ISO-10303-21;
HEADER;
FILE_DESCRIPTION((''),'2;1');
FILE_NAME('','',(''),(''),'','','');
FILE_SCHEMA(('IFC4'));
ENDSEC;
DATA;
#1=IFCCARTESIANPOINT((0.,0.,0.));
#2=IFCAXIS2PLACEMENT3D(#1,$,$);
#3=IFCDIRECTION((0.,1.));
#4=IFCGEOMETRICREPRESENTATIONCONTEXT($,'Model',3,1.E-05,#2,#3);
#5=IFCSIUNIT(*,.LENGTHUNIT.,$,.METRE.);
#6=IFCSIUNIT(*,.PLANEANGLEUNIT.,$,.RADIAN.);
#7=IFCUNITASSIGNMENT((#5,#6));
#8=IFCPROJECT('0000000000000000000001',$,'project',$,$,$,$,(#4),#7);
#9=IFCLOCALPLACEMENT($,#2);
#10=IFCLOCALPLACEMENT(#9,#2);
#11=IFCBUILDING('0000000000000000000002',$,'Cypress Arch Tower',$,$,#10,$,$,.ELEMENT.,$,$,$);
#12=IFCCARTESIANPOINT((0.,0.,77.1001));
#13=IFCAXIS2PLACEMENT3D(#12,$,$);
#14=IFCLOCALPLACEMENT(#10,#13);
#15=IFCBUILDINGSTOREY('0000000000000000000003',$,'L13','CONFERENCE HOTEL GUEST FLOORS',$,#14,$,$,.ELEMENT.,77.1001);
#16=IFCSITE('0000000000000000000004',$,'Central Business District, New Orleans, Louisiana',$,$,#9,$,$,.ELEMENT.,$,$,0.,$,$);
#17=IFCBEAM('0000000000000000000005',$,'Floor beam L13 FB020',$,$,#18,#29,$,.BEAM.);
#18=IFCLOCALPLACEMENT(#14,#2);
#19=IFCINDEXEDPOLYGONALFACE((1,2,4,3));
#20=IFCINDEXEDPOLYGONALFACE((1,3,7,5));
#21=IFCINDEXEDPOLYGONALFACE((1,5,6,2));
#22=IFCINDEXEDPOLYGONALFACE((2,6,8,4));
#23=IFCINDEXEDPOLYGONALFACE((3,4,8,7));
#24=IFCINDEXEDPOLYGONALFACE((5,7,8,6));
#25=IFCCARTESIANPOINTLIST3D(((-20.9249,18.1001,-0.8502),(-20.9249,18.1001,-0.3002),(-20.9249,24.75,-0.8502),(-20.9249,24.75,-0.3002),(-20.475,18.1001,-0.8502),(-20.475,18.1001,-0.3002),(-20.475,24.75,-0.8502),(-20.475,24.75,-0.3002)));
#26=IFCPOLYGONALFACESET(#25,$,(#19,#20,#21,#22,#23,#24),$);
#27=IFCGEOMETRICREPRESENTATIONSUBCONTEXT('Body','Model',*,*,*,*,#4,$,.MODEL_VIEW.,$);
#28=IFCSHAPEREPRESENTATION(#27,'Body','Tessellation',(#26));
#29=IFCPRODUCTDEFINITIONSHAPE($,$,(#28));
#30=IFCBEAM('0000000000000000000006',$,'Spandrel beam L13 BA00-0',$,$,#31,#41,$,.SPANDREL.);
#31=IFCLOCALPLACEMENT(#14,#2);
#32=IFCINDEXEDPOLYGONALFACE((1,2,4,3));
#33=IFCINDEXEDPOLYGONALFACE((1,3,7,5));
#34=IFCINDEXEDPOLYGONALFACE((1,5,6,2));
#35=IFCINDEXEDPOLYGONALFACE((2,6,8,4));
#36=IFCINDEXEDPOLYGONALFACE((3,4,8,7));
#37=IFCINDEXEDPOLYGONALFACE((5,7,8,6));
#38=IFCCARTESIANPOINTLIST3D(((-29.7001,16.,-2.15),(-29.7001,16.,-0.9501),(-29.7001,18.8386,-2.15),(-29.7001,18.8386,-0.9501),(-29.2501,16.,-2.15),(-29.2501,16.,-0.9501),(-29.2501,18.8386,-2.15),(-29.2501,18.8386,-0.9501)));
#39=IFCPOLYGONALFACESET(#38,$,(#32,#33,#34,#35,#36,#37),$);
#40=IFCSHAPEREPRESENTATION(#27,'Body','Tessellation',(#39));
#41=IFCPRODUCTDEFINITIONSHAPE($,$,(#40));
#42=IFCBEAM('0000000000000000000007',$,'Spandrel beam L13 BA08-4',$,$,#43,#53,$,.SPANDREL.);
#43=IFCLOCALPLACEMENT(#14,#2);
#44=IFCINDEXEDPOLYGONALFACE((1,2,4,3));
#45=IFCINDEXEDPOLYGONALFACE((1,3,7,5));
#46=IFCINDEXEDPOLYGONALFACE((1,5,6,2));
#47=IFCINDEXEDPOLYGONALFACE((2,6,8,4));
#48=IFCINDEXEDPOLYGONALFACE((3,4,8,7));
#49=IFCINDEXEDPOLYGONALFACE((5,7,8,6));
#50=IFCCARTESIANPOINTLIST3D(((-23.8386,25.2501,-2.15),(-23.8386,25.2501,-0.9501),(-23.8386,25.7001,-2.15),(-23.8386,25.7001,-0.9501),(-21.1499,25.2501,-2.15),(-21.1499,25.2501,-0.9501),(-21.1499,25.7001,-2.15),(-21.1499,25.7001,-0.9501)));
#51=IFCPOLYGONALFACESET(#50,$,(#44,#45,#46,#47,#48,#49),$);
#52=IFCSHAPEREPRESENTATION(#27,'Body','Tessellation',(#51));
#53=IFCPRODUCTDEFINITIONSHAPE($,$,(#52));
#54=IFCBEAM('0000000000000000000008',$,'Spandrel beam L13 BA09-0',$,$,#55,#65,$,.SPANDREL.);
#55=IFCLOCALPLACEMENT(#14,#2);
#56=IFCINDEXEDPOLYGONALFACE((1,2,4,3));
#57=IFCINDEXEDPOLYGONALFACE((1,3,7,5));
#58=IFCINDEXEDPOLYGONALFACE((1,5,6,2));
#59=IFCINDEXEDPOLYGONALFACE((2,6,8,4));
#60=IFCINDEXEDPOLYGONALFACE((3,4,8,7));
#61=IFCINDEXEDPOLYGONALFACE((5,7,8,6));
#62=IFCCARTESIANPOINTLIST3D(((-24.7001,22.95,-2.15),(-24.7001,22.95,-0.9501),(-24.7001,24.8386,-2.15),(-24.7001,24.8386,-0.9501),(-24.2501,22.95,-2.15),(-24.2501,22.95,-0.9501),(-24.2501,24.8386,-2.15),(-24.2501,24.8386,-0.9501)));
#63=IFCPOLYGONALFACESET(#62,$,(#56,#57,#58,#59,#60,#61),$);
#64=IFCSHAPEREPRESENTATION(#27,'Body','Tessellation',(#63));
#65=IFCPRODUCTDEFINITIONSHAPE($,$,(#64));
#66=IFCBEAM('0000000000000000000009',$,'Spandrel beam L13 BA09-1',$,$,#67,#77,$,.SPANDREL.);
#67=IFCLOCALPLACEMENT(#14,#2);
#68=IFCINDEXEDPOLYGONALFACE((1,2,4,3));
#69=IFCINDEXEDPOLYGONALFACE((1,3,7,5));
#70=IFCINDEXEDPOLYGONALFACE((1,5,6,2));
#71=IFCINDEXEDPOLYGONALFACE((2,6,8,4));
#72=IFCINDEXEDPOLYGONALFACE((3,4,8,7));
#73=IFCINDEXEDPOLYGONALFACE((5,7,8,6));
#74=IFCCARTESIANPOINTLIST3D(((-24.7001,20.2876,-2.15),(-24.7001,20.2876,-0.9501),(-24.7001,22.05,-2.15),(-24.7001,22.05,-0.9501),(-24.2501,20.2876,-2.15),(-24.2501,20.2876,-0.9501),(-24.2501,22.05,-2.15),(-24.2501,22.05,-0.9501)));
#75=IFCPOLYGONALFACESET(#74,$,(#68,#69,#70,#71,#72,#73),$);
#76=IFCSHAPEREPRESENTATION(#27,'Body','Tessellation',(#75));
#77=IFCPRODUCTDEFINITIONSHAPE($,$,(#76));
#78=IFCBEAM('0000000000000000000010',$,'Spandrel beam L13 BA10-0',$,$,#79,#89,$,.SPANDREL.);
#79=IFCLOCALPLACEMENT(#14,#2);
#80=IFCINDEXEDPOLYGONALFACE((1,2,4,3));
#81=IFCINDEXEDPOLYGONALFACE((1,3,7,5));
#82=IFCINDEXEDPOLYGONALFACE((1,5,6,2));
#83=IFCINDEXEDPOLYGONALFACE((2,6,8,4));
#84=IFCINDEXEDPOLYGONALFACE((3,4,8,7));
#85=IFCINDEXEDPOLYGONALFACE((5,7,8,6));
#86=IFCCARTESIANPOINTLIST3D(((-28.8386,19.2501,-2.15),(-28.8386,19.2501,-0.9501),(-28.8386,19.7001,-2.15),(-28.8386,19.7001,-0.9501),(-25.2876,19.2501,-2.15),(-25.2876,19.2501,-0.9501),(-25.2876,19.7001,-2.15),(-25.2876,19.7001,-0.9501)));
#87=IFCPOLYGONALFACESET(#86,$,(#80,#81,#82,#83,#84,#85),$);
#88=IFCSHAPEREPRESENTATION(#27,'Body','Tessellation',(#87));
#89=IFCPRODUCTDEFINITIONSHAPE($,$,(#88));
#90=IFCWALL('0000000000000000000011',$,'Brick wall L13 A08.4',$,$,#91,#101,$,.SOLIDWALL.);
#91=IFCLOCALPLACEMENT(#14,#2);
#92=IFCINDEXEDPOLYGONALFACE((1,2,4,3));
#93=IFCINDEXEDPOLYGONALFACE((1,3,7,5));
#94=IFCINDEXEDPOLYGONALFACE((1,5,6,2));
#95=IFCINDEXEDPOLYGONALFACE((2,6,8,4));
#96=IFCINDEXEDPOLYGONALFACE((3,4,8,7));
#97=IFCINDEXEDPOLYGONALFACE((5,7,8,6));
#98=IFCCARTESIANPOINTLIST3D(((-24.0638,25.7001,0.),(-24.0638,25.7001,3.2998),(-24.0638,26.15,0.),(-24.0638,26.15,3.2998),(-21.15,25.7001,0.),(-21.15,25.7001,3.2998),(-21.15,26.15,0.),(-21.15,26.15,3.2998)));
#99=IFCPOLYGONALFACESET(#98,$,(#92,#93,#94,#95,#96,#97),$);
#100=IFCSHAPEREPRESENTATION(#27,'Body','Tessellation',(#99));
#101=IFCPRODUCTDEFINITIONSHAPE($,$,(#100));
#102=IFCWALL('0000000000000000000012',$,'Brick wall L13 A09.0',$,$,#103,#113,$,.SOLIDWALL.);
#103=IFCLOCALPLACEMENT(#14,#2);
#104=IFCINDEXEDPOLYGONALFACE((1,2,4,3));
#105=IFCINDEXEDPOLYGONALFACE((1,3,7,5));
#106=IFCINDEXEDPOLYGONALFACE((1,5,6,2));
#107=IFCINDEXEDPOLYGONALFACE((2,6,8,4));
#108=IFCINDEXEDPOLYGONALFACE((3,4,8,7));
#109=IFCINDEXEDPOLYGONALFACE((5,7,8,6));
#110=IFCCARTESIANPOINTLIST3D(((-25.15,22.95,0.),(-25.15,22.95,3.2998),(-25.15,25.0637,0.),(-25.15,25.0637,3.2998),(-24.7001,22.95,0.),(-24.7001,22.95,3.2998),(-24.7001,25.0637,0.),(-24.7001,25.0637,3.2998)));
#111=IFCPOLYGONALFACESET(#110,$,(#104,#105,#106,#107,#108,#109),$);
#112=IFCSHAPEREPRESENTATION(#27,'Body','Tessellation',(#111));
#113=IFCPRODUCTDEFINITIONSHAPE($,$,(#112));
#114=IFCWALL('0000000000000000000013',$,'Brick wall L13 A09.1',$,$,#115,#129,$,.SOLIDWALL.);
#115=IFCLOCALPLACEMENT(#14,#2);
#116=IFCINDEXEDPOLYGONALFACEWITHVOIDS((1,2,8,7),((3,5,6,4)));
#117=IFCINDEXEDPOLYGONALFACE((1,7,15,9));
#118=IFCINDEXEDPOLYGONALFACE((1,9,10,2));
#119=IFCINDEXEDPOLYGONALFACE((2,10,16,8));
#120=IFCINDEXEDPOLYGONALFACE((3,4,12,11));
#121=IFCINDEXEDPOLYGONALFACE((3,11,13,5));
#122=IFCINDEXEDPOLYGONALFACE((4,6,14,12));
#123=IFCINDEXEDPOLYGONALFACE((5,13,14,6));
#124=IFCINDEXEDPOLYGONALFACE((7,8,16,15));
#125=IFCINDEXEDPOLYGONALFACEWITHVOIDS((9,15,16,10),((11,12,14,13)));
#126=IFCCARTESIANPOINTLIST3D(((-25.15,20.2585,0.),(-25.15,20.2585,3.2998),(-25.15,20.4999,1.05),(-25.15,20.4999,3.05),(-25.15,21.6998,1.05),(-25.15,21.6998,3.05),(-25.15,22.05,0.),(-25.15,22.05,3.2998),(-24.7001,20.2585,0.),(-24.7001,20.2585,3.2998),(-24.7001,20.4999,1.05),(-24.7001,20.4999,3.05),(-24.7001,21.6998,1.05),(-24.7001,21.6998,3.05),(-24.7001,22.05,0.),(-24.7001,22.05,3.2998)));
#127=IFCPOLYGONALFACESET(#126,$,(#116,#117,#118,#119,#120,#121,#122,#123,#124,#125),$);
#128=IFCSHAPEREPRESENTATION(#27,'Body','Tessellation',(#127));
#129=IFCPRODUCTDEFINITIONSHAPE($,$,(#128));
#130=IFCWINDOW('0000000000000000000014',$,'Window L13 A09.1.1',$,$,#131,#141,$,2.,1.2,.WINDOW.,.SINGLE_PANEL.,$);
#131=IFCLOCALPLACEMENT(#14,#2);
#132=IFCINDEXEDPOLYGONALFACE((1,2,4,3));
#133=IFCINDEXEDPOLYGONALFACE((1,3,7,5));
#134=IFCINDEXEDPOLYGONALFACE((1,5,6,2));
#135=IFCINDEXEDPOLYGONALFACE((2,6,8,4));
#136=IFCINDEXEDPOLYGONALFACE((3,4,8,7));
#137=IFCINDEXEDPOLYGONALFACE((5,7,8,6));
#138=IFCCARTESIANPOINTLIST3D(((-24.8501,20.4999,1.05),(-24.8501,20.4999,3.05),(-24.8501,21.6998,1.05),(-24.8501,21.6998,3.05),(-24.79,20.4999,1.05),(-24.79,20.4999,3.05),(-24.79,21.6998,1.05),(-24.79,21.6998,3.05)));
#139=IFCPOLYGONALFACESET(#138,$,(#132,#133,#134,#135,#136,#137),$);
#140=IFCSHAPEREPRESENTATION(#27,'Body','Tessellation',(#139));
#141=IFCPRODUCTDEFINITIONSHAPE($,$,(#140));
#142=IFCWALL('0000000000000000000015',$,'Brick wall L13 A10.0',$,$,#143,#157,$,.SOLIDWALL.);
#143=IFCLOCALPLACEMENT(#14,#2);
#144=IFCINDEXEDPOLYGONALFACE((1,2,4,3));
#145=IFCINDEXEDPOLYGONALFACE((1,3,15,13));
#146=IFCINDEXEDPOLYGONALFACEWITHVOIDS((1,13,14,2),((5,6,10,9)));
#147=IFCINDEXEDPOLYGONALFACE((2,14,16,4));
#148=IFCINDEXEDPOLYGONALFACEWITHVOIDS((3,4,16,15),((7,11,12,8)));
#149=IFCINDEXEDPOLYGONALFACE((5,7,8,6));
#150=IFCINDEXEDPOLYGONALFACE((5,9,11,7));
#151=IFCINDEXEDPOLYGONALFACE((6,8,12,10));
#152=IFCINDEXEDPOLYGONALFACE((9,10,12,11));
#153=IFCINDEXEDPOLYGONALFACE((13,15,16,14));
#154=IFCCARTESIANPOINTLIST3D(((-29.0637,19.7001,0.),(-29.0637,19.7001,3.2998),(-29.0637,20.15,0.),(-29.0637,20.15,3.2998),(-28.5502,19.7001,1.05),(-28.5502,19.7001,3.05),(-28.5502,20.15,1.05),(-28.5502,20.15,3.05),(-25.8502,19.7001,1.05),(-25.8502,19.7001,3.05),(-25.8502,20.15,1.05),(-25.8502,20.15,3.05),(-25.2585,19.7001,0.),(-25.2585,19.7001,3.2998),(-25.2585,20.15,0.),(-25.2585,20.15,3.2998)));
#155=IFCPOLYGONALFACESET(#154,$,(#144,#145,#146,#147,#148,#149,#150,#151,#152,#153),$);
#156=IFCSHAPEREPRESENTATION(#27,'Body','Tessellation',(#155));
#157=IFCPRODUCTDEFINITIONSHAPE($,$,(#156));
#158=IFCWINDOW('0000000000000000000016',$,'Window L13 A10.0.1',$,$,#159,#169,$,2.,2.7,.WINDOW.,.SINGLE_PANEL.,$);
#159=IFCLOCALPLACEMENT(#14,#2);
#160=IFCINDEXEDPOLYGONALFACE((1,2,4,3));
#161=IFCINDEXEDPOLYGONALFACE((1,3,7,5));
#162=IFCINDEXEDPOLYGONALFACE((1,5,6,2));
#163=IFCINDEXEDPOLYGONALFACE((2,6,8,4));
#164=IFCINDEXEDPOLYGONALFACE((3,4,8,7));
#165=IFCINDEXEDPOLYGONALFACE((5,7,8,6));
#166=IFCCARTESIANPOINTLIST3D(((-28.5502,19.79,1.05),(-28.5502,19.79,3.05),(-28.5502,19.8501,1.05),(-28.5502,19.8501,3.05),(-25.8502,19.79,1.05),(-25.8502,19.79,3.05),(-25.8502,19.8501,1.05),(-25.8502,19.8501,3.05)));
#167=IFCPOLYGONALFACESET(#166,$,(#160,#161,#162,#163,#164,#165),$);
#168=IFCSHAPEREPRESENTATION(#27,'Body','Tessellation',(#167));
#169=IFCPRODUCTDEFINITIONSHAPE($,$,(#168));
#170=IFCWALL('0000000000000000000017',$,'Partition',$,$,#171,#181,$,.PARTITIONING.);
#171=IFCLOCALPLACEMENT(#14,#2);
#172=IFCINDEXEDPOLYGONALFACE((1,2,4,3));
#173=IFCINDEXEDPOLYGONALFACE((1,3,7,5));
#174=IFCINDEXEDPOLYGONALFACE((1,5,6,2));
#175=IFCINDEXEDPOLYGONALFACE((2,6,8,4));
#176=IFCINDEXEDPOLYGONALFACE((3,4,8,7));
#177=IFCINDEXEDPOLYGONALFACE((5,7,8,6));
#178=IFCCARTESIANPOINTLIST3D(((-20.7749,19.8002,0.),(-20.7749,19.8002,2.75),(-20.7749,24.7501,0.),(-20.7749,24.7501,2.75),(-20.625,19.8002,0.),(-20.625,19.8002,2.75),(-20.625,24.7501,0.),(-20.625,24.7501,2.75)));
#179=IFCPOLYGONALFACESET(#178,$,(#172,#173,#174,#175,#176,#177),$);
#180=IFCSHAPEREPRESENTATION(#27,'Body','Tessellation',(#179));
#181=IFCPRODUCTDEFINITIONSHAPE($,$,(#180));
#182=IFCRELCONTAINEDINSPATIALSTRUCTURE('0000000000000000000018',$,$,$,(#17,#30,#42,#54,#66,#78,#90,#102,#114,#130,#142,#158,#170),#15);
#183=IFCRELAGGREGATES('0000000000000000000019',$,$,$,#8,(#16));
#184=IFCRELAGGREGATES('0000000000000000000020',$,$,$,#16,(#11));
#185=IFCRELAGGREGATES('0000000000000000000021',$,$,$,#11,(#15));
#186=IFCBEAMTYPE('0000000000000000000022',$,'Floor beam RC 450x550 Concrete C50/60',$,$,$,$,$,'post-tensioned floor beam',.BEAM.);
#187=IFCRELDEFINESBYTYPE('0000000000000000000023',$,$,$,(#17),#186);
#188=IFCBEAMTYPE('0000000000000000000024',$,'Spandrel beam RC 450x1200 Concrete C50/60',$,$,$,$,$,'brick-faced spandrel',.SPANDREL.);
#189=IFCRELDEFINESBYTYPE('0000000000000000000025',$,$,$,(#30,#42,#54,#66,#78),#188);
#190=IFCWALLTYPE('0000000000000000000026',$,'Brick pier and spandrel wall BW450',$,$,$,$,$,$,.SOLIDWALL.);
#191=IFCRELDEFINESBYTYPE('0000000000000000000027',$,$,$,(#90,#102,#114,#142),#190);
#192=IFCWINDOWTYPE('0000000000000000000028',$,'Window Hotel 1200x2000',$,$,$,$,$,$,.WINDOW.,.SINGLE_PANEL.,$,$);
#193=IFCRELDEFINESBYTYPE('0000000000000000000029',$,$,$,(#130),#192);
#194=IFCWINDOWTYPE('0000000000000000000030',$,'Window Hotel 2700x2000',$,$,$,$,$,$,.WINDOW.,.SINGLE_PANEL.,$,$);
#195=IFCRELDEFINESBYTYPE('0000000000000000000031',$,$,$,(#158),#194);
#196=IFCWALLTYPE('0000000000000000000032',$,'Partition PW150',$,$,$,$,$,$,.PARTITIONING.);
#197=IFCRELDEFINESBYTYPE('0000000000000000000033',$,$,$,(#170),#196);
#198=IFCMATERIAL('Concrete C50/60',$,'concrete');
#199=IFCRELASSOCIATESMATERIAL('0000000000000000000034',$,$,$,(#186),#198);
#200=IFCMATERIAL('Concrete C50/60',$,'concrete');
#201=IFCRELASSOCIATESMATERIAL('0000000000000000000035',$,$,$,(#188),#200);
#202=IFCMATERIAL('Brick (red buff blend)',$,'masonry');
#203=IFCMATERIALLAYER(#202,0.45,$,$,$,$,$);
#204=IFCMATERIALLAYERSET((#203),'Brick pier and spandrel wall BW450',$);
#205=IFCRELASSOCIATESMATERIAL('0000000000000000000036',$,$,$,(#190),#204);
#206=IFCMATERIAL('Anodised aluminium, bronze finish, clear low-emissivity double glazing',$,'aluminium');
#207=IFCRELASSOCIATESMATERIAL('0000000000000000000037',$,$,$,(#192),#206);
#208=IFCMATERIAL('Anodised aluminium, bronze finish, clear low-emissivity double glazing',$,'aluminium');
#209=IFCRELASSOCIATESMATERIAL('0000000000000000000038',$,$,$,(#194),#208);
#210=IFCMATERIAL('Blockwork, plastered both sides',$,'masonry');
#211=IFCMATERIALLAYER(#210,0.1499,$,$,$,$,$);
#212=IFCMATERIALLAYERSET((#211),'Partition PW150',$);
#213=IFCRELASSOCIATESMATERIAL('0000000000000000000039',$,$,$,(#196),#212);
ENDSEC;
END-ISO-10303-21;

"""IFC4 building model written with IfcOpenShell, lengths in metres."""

from ifc_helpers import new_model, si_unit, direction, frame, frame_2d, origin, origin_2d, place, context, subcontext, project, spatial, rectangle, extrude, material, layer, layer_set, material_profile, profile_set, type_object, element, fill, save


model = new_model("IFC4")

# Units and contexts
model_context = context("Model", 3, precision=1e-05, world=origin(), true_north=direction((0.0, 1.0)))
body_context = subcontext(model_context, "Body", "Model", "MODEL_VIEW")
ifc_project = project(units=[si_unit("LENGTHUNIT", "METRE"), si_unit("PLANEANGLEUNIT", "RADIAN")], contexts=[model_context])

# Site, building, storey
site_placement = place(None, origin())
site = spatial("IfcSite", under=ifc_project, at=site_placement, Name="Central Business District, New Orleans, Louisiana", CompositionType="ELEMENT", RefElevation=0.0)
building_placement = place(site_placement, origin())
building = spatial("IfcBuilding", under=site, at=building_placement, Name="Cypress Arch Tower", CompositionType="ELEMENT")
storey_placement = place(building_placement, frame((0.0, 0.0, 77.1001)))
storey = spatial("IfcBuildingStorey", under=building, at=storey_placement, Name="L13", Description="CONFERENCE HOTEL GUEST FLOORS", CompositionType="ELEMENT", Elevation=77.1001)

# Beams
ifc_material_1 = material(Name="Concrete C50/60", Category="concrete")
ifc_material_profile_1 = material_profile(ifc_material_1, rectangle(XDim=0.45, YDim=0.55, at=origin_2d()), Name="RC 450x550")
ifc_profile_set_1 = profile_set([ifc_material_profile_1], Name="Concrete C50/60")
beam_type_1 = type_object("IfcBeamType", Name="Floor beam RC 450x550 Concrete C50/60", ElementType="post-tensioned floor beam", PredefinedType="BEAM", material=ifc_profile_set_1)
beam_1_placement = place(storey_placement, frame((-20.7, 18.1001, -0.5752), z_axis=(0.0, 1.0, 0.0), x_axis=(-1.0, 0.0, 0.0)))
element("IfcBeam", 1, at=beam_1_placement, inside=storey, type_object=beam_type_1, Name="Floor beam L13 FB020", PredefinedType="BEAM", context=body_context, shape_type="SweptSolid", body=[
    extrude(rectangle(XDim=0.45, YDim=0.55, at=origin_2d()), origin(), (0.0, 0.0, 1.0), 6.6499),
])
ifc_material_2 = material(Name="Concrete C50/60", Category="concrete")
ifc_material_profile_2 = material_profile(ifc_material_2, rectangle(XDim=0.45, YDim=1.2, at=origin_2d()), Name="RC 450x1200")
ifc_profile_set_2 = profile_set([ifc_material_profile_2], Name="Concrete C50/60")
beam_type_2 = type_object("IfcBeamType", Name="Spandrel beam RC 450x1200 Concrete C50/60", ElementType="brick-faced spandrel", PredefinedType="SPANDREL", material=ifc_profile_set_2)
beam_2_placement = place(storey_placement, frame((-29.4751, 18.8386, -1.55), z_axis=(0.0, -1.0, 0.0), x_axis=(1.0, 0.0, 0.0)))
element("IfcBeam", 2, at=beam_2_placement, inside=storey, type_object=beam_type_2, Name="Spandrel beam L13 BA00-0", PredefinedType="SPANDREL", context=body_context, shape_type="SweptSolid", body=[
    extrude(rectangle(XDim=0.45, YDim=1.2, at=origin_2d()), origin(), (0.0, 0.0, 1.0), 2.8386),
])
beam_3_placement = place(storey_placement, frame((-21.1499, 25.4751, -1.55), z_axis=(-1.0, 0.0, 0.0), x_axis=(0.0, -1.0, 0.0)))
element("IfcBeam", 3, at=beam_3_placement, inside=storey, type_object=beam_type_2, Name="Spandrel beam L13 BA08-4", PredefinedType="SPANDREL", context=body_context, shape_type="SweptSolid", body=[
    extrude(rectangle(XDim=0.45, YDim=1.2, at=origin_2d()), origin(), (0.0, 0.0, 1.0), 2.6887),
])
beam_4_placement = place(storey_placement, frame((-24.4751, 24.8386, -1.55), z_axis=(0.0, -1.0, 0.0), x_axis=(1.0, 0.0, 0.0)))
element("IfcBeam", 4, at=beam_4_placement, inside=storey, type_object=beam_type_2, Name="Spandrel beam L13 BA09-0", PredefinedType="SPANDREL", context=body_context, shape_type="SweptSolid", body=[
    extrude(rectangle(XDim=0.45, YDim=1.2, at=origin_2d()), origin(), (0.0, 0.0, 1.0), 1.8887),
])
beam_5_placement = place(storey_placement, frame((-24.4751, 22.05, -1.55), z_axis=(0.0, -1.0, 0.0), x_axis=(1.0, 0.0, 0.0)))
element("IfcBeam", 5, at=beam_5_placement, inside=storey, type_object=beam_type_2, Name="Spandrel beam L13 BA09-1", PredefinedType="SPANDREL", context=body_context, shape_type="SweptSolid", body=[
    extrude(rectangle(XDim=0.45, YDim=1.2, at=origin_2d()), origin(), (0.0, 0.0, 1.0), 1.7625),
])
beam_6_placement = place(storey_placement, frame((-25.2876, 19.4751, -1.55), z_axis=(-1.0, 0.0, 0.0), x_axis=(0.0, -1.0, 0.0)))
element("IfcBeam", 6, at=beam_6_placement, inside=storey, type_object=beam_type_2, Name="Spandrel beam L13 BA10-0", PredefinedType="SPANDREL", context=body_context, shape_type="SweptSolid", body=[
    extrude(rectangle(XDim=0.45, YDim=1.2, at=origin_2d()), origin(), (0.0, 0.0, 1.0), 3.551),
])

# Shared definitions
ifc_material_3 = material(Name="Brick (red buff blend)", Category="masonry")
ifc_layer_1 = layer(ifc_material_3, 0.45)
ifc_layer_set_1 = layer_set([ifc_layer_1], Name="Brick pier and spandrel wall BW450")
wall_type_1 = type_object("IfcWallType", Name="Brick pier and spandrel wall BW450", PredefinedType="SOLIDWALL", material=ifc_layer_set_1)

# Walls
wall_1_placement = place(storey_placement, frame((-21.1499, 25.925, 0.0), z_axis=(0.0, 0.0, 1.0), x_axis=(-1.0, 0.0, 0.0)))
element("IfcWall", 7, at=wall_1_placement, inside=storey, type_object=wall_type_1, Name="Brick wall L13 A08.4", PredefinedType="SOLIDWALL", context=body_context, shape_type="SweptSolid", body=[
    extrude(rectangle(XDim=2.9138, YDim=0.45, at=frame_2d((1.457, 0.0))), origin(), (0.0, 0.0, 1.0), 3.2998),
])
wall_2_placement = place(storey_placement, frame((-24.925, 25.0637, 0.0), z_axis=(0.0, 0.0, 1.0), x_axis=(0.0, -1.0, 0.0)))
element("IfcWall", 8, at=wall_2_placement, inside=storey, type_object=wall_type_1, Name="Brick wall L13 A09.0", PredefinedType="SOLIDWALL", context=body_context, shape_type="SweptSolid", body=[
    extrude(rectangle(XDim=2.1138, YDim=0.45, at=frame_2d((1.0569, 0.0))), origin(), (0.0, 0.0, 1.0), 3.2998),
])

# Walls, openings, windows
wall_3_placement = place(storey_placement, frame((-24.925, 22.05, 0.0), z_axis=(0.0, 0.0, 1.0), x_axis=(0.0, -1.0, 0.0)))
wall_3 = element("IfcWall", 9, at=wall_3_placement, inside=storey, type_object=wall_type_1, Name="Brick wall L13 A09.1", PredefinedType="SOLIDWALL", context=body_context, shape_type="SweptSolid", body=[
    extrude(rectangle(XDim=1.7915, YDim=0.45, at=frame_2d((0.8958, 0.0))), origin(), (0.0, 0.0, 1.0), 3.2998),
])
opening_1_placement = place(wall_3_placement, frame((0.3501, 0.0, 1.05)))
opening_1 = element("IfcOpeningElement", 10, at=opening_1_placement, cuts=wall_3, PredefinedType="OPENING", context=body_context, shape_type="SweptSolid", body=[
    extrude(rectangle(XDim=1.2, YDim=2.0, at=frame_2d((0.6001, 1.0))), frame((0.0, 0.2349, 0.0), z_axis=(0.0, -1.0, 0.0), x_axis=(1.0, 0.0, 0.0)), (0.0, 0.0, 1.0), 0.47),
])
ifc_material_4 = material(Name="Anodised aluminium, bronze finish, clear low-emissivity double glazing", Category="aluminium")
window_type_1 = type_object("IfcWindowType", Name="Window Hotel 1200x2000", PartitioningType="SINGLE_PANEL", PredefinedType="WINDOW", material=ifc_material_4)
window_1_placement = place(opening_1_placement, origin())
window_1 = element("IfcWindow", 11, at=window_1_placement, inside=storey, type_object=window_type_1, Name="Window L13 A09.1.1", OverallHeight=2.0, OverallWidth=1.2, PartitioningType="SINGLE_PANEL", PredefinedType="WINDOW", context=body_context, shape_type="SweptSolid", body=[
    extrude(rectangle(XDim=1.2, YDim=2.0, at=frame_2d((0.6001, 1.0))), frame((0.0, 0.135, 0.0), z_axis=(0.0, -1.0, 0.0), x_axis=(1.0, 0.0, 0.0)), (0.0, 0.0, 1.0), 0.0601),
])
fill(opening_1, window_1)
wall_4_placement = place(storey_placement, frame((-25.2585, 19.925, 0.0), z_axis=(0.0, 0.0, 1.0), x_axis=(-1.0, 0.0, 0.0)))
wall_4 = element("IfcWall", 12, at=wall_4_placement, inside=storey, type_object=wall_type_1, Name="Brick wall L13 A10.0", PredefinedType="SOLIDWALL", context=body_context, shape_type="SweptSolid", body=[
    extrude(rectangle(XDim=3.8052, YDim=0.45, at=frame_2d((1.9026, 0.0))), origin(), (0.0, 0.0, 1.0), 3.2998),
])
opening_2_placement = place(wall_4_placement, frame((0.5916, 0.0, 1.05)))
opening_2 = element("IfcOpeningElement", 13, at=opening_2_placement, cuts=wall_4, PredefinedType="OPENING", context=body_context, shape_type="SweptSolid", body=[
    extrude(rectangle(XDim=2.7, YDim=2.0, at=frame_2d((1.3501, 1.0))), frame((0.0, 0.2349, 0.0), z_axis=(0.0, -1.0, 0.0), x_axis=(1.0, 0.0, 0.0)), (0.0, 0.0, 1.0), 0.47),
])
ifc_material_5 = material(Name="Anodised aluminium, bronze finish, clear low-emissivity double glazing", Category="aluminium")
window_type_2 = type_object("IfcWindowType", Name="Window Hotel 2700x2000", PartitioningType="SINGLE_PANEL", PredefinedType="WINDOW", material=ifc_material_5)
window_2_placement = place(opening_2_placement, origin())
window_2 = element("IfcWindow", 14, at=window_2_placement, inside=storey, type_object=window_type_2, Name="Window L13 A10.0.1", OverallHeight=2.0, OverallWidth=2.7, PartitioningType="SINGLE_PANEL", PredefinedType="WINDOW", context=body_context, shape_type="SweptSolid", body=[
    extrude(rectangle(XDim=2.7, YDim=2.0, at=frame_2d((1.3501, 1.0))), frame((0.0, 0.135, 0.0), z_axis=(0.0, -1.0, 0.0), x_axis=(1.0, 0.0, 0.0)), (0.0, 0.0, 1.0), 0.0601),
])
fill(opening_2, window_2)

# Wall
ifc_material_6 = material(Name="Blockwork, plastered both sides", Category="masonry")
ifc_layer_2 = layer(ifc_material_6, 0.1499)
ifc_layer_set_2 = layer_set([ifc_layer_2], Name="Partition PW150")
wall_type_2 = type_object("IfcWallType", Name="Partition PW150", PredefinedType="PARTITIONING", material=ifc_layer_set_2)
wall_5_placement = place(storey_placement, frame((-20.7, 19.8, 0.0), z_axis=(0.0, 0.0, 1.0), x_axis=(0.0, 1.0, 0.0)))
element("IfcWall", 15, at=wall_5_placement, inside=storey, type_object=wall_type_2, Name="Partition", PredefinedType="PARTITIONING", context=body_context, shape_type="SweptSolid", body=[
    extrude(rectangle(XDim=4.95, YDim=0.1499, at=frame_2d((2.4751, 0.0))), origin(), (0.0, 0.0, 1.0), 2.75),
])

save(model, "model.ifc")
